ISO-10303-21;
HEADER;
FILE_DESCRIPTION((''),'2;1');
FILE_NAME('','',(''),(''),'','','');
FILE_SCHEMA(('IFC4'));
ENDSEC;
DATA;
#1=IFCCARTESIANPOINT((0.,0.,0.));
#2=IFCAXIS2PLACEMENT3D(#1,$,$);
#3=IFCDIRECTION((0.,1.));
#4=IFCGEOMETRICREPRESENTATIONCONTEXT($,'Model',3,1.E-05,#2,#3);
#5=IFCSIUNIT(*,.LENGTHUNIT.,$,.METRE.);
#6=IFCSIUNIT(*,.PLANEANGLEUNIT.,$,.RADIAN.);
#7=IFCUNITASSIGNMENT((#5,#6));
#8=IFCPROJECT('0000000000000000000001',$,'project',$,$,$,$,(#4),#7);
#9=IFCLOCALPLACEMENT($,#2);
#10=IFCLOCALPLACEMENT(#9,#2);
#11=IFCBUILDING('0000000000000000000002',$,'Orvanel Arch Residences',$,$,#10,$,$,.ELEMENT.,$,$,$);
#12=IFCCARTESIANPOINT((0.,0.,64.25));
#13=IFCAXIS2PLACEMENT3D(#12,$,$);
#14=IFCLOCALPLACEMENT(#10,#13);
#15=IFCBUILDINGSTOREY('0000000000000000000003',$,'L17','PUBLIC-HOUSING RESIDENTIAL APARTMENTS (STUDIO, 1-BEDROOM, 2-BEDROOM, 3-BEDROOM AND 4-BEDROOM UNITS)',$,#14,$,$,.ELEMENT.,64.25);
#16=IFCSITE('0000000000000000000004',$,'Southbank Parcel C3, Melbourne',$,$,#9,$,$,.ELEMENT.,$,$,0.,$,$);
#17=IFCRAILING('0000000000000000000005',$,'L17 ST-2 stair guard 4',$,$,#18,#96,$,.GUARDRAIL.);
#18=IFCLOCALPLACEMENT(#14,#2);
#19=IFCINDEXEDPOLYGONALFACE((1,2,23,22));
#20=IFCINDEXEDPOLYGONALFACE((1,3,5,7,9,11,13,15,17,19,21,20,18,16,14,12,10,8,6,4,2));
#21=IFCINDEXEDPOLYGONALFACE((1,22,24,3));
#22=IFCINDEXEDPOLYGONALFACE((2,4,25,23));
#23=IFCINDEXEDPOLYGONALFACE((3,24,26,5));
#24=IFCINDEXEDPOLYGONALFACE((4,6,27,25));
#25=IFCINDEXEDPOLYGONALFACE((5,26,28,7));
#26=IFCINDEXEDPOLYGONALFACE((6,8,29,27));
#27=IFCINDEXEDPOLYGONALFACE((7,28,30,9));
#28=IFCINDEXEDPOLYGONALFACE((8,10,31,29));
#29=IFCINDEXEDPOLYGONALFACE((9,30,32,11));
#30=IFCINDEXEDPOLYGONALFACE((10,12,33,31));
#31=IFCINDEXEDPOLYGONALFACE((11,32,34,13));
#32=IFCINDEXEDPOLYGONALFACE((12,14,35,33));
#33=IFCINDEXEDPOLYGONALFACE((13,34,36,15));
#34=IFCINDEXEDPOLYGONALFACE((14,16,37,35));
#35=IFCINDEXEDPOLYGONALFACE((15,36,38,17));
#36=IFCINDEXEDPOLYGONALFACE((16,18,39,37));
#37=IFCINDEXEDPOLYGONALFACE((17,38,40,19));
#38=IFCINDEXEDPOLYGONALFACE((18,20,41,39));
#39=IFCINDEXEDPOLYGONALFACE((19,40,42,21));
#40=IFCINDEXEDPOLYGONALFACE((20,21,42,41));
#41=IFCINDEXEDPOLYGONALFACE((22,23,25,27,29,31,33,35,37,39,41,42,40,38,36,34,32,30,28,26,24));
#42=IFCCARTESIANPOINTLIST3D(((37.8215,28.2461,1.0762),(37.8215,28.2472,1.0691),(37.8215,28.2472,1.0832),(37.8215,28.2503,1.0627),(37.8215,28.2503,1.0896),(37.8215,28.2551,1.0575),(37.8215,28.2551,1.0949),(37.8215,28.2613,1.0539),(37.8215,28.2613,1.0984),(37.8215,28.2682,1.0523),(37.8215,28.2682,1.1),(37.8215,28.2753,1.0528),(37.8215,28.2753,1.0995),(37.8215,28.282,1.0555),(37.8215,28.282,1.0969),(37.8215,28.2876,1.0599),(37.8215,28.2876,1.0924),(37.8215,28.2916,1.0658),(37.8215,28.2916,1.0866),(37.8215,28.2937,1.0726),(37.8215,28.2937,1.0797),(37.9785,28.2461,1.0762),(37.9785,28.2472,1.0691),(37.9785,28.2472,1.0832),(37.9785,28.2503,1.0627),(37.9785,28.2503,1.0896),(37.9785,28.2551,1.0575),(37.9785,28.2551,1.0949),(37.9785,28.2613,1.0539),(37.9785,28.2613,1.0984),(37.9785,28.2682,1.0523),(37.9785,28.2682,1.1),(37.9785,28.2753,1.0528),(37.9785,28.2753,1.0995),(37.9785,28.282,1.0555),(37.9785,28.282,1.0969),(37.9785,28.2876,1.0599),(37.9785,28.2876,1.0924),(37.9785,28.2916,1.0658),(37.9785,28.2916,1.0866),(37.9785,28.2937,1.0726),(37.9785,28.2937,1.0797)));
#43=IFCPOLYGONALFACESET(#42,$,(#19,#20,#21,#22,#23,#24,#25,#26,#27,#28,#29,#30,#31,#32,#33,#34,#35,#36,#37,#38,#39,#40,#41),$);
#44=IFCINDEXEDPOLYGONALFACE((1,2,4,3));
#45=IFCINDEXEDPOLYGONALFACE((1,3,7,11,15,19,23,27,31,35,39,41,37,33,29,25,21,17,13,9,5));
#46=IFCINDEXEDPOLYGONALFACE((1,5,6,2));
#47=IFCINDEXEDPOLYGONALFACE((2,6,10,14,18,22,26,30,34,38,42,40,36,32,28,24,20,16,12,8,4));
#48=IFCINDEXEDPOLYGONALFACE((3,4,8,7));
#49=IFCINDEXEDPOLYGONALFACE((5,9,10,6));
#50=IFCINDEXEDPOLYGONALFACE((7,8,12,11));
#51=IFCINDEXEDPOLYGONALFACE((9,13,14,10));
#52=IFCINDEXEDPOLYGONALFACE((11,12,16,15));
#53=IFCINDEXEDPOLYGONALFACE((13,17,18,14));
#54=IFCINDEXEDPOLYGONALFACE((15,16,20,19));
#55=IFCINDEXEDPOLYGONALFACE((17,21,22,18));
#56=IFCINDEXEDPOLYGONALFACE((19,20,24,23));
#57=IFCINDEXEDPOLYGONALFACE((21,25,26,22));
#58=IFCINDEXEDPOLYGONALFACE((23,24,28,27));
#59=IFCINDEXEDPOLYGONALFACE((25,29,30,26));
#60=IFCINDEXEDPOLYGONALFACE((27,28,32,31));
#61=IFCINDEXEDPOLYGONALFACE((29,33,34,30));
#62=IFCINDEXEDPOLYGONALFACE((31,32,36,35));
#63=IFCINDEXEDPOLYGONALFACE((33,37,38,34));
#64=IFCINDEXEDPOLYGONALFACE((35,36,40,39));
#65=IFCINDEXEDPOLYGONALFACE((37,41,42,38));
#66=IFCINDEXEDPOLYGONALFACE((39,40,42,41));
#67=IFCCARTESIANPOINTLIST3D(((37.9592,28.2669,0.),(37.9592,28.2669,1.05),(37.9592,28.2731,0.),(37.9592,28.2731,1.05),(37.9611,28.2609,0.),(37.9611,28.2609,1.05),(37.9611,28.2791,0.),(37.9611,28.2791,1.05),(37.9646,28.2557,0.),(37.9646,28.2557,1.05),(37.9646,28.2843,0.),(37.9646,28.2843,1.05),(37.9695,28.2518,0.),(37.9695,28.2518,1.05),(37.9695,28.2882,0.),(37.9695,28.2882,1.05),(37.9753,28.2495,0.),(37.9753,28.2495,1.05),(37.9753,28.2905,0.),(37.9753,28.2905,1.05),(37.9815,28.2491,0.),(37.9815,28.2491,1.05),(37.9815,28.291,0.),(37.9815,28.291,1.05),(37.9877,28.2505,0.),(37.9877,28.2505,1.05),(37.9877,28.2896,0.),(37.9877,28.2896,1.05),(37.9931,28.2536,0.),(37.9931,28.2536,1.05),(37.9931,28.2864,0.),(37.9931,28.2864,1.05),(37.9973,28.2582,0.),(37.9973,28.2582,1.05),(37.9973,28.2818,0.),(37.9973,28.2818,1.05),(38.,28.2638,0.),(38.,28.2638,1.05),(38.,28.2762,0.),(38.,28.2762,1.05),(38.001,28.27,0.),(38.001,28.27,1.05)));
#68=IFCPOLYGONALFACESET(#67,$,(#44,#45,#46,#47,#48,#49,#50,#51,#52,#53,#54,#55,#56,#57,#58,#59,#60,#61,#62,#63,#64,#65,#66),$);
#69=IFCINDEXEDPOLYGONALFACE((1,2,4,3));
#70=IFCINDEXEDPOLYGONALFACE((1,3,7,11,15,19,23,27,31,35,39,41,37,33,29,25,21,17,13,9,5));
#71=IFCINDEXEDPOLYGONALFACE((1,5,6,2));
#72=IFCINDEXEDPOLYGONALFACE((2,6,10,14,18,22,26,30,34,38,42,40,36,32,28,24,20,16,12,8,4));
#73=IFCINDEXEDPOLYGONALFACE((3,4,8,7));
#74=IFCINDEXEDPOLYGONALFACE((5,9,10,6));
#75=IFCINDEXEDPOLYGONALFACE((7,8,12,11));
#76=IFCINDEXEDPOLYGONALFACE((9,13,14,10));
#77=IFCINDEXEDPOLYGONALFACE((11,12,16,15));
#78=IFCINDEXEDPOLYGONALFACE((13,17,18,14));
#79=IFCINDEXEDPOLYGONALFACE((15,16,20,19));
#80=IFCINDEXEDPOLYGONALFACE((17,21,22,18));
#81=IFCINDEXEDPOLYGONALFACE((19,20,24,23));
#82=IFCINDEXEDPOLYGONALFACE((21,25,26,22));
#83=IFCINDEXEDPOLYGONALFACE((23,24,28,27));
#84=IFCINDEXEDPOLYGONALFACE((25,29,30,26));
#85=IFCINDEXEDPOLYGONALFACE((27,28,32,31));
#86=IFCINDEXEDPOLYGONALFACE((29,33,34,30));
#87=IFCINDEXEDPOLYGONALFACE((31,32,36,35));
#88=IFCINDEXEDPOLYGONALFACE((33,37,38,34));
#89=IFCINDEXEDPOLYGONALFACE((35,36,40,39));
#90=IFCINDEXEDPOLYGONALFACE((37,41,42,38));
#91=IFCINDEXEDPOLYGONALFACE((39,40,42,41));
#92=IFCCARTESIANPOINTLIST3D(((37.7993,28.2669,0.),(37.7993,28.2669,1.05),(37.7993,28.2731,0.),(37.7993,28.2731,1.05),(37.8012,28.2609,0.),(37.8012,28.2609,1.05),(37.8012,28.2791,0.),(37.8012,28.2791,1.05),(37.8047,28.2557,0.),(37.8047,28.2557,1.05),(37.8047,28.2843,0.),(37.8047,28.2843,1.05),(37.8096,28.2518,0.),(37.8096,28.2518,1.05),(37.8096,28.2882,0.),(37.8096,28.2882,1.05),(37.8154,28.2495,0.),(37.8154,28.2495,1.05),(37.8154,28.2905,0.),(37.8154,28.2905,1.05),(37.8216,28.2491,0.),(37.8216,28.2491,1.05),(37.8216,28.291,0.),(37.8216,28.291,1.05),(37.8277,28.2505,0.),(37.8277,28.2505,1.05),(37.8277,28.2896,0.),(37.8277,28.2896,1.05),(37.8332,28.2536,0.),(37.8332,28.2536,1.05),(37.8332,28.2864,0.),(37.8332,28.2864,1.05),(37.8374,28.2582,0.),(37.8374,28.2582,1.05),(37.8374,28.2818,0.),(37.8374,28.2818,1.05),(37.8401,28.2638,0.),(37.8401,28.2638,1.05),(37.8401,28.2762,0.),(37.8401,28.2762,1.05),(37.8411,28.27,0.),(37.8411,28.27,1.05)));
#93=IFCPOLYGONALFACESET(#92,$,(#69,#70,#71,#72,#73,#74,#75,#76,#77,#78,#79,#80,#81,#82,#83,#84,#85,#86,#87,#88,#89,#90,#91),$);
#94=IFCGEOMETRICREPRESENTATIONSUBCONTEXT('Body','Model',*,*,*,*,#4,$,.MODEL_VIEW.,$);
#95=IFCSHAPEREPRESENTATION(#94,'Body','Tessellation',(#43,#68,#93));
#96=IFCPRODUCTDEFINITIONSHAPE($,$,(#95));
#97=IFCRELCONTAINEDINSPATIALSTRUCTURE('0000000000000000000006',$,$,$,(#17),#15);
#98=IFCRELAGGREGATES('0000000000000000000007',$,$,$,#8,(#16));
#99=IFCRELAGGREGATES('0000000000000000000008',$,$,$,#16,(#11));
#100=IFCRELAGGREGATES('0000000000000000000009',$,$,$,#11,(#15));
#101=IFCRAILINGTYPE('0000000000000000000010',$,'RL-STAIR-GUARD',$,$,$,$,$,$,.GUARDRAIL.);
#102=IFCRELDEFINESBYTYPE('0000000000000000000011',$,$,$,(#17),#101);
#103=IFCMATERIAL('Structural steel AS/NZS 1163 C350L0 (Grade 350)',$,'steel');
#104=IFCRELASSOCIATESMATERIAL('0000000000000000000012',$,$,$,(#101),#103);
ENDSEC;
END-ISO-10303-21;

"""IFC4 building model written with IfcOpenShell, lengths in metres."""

from ifc_helpers import new_model, si_unit, direction, frame, origin, origin_2d, place, context, subcontext, project, spatial, circle, extrude, material, type_object, element, save


model = new_model("IFC4")

# Units and contexts
model_context = context("Model", 3, precision=1e-05, world=origin(), true_north=direction((0.0, 1.0)))
body_context = subcontext(model_context, "Body", "Model", "MODEL_VIEW")
ifc_project = project(units=[si_unit("LENGTHUNIT", "METRE"), si_unit("PLANEANGLEUNIT", "RADIAN")], contexts=[model_context])

# Site, building, storey
site_placement = place(None, origin())
site = spatial("IfcSite", under=ifc_project, at=site_placement, Name="Southbank Parcel C3, Melbourne", CompositionType="ELEMENT", RefElevation=0.0)
building_placement = place(site_placement, origin())
building = spatial("IfcBuilding", under=site, at=building_placement, Name="Orvanel Arch Residences", CompositionType="ELEMENT")
storey_placement = place(building_placement, frame((0.0, 0.0, 64.25)))
storey = spatial("IfcBuildingStorey", under=building, at=storey_placement, Name="L17", Description="PUBLIC-HOUSING RESIDENTIAL APARTMENTS (STUDIO, 1-BEDROOM, 2-BEDROOM, 3-BEDROOM AND 4-BEDROOM UNITS)", CompositionType="ELEMENT", Elevation=64.25)

# Railing
ifc_material_1 = material(Name="Structural steel AS/NZS 1163 C350L0 (Grade 350)", Category="steel")
railing_type_1 = type_object("IfcRailingType", Name="RL-STAIR-GUARD", PredefinedType="GUARDRAIL", material=ifc_material_1)
railing_1_placement = place(storey_placement, frame((37.98, 28.27, 0.0)))
element("IfcRailing", 1, at=railing_1_placement, inside=storey, type_object=railing_type_1, Name="L17 ST-2 stair guard 4", PredefinedType="GUARDRAIL", context=body_context, shape_type="SweptSolid", body=[
    extrude(circle(Radius=0.0239, at=origin_2d()), frame((-0.0015, 0.0, 1.0762), z_axis=(-1.0, 0.0, 0.0), x_axis=(0.0, -1.0, 0.0)), (0.0, 0.0, 1.0), 0.157),
    extrude(circle(Radius=0.021, at=origin_2d()), origin(), (0.0, 0.0, 1.0), 1.05),
    extrude(circle(Radius=0.021, at=origin_2d()), frame((-0.1599, 0.0, 0.0)), (0.0, 0.0, 1.0), 1.05),
])

save(model, "model.ifc")
